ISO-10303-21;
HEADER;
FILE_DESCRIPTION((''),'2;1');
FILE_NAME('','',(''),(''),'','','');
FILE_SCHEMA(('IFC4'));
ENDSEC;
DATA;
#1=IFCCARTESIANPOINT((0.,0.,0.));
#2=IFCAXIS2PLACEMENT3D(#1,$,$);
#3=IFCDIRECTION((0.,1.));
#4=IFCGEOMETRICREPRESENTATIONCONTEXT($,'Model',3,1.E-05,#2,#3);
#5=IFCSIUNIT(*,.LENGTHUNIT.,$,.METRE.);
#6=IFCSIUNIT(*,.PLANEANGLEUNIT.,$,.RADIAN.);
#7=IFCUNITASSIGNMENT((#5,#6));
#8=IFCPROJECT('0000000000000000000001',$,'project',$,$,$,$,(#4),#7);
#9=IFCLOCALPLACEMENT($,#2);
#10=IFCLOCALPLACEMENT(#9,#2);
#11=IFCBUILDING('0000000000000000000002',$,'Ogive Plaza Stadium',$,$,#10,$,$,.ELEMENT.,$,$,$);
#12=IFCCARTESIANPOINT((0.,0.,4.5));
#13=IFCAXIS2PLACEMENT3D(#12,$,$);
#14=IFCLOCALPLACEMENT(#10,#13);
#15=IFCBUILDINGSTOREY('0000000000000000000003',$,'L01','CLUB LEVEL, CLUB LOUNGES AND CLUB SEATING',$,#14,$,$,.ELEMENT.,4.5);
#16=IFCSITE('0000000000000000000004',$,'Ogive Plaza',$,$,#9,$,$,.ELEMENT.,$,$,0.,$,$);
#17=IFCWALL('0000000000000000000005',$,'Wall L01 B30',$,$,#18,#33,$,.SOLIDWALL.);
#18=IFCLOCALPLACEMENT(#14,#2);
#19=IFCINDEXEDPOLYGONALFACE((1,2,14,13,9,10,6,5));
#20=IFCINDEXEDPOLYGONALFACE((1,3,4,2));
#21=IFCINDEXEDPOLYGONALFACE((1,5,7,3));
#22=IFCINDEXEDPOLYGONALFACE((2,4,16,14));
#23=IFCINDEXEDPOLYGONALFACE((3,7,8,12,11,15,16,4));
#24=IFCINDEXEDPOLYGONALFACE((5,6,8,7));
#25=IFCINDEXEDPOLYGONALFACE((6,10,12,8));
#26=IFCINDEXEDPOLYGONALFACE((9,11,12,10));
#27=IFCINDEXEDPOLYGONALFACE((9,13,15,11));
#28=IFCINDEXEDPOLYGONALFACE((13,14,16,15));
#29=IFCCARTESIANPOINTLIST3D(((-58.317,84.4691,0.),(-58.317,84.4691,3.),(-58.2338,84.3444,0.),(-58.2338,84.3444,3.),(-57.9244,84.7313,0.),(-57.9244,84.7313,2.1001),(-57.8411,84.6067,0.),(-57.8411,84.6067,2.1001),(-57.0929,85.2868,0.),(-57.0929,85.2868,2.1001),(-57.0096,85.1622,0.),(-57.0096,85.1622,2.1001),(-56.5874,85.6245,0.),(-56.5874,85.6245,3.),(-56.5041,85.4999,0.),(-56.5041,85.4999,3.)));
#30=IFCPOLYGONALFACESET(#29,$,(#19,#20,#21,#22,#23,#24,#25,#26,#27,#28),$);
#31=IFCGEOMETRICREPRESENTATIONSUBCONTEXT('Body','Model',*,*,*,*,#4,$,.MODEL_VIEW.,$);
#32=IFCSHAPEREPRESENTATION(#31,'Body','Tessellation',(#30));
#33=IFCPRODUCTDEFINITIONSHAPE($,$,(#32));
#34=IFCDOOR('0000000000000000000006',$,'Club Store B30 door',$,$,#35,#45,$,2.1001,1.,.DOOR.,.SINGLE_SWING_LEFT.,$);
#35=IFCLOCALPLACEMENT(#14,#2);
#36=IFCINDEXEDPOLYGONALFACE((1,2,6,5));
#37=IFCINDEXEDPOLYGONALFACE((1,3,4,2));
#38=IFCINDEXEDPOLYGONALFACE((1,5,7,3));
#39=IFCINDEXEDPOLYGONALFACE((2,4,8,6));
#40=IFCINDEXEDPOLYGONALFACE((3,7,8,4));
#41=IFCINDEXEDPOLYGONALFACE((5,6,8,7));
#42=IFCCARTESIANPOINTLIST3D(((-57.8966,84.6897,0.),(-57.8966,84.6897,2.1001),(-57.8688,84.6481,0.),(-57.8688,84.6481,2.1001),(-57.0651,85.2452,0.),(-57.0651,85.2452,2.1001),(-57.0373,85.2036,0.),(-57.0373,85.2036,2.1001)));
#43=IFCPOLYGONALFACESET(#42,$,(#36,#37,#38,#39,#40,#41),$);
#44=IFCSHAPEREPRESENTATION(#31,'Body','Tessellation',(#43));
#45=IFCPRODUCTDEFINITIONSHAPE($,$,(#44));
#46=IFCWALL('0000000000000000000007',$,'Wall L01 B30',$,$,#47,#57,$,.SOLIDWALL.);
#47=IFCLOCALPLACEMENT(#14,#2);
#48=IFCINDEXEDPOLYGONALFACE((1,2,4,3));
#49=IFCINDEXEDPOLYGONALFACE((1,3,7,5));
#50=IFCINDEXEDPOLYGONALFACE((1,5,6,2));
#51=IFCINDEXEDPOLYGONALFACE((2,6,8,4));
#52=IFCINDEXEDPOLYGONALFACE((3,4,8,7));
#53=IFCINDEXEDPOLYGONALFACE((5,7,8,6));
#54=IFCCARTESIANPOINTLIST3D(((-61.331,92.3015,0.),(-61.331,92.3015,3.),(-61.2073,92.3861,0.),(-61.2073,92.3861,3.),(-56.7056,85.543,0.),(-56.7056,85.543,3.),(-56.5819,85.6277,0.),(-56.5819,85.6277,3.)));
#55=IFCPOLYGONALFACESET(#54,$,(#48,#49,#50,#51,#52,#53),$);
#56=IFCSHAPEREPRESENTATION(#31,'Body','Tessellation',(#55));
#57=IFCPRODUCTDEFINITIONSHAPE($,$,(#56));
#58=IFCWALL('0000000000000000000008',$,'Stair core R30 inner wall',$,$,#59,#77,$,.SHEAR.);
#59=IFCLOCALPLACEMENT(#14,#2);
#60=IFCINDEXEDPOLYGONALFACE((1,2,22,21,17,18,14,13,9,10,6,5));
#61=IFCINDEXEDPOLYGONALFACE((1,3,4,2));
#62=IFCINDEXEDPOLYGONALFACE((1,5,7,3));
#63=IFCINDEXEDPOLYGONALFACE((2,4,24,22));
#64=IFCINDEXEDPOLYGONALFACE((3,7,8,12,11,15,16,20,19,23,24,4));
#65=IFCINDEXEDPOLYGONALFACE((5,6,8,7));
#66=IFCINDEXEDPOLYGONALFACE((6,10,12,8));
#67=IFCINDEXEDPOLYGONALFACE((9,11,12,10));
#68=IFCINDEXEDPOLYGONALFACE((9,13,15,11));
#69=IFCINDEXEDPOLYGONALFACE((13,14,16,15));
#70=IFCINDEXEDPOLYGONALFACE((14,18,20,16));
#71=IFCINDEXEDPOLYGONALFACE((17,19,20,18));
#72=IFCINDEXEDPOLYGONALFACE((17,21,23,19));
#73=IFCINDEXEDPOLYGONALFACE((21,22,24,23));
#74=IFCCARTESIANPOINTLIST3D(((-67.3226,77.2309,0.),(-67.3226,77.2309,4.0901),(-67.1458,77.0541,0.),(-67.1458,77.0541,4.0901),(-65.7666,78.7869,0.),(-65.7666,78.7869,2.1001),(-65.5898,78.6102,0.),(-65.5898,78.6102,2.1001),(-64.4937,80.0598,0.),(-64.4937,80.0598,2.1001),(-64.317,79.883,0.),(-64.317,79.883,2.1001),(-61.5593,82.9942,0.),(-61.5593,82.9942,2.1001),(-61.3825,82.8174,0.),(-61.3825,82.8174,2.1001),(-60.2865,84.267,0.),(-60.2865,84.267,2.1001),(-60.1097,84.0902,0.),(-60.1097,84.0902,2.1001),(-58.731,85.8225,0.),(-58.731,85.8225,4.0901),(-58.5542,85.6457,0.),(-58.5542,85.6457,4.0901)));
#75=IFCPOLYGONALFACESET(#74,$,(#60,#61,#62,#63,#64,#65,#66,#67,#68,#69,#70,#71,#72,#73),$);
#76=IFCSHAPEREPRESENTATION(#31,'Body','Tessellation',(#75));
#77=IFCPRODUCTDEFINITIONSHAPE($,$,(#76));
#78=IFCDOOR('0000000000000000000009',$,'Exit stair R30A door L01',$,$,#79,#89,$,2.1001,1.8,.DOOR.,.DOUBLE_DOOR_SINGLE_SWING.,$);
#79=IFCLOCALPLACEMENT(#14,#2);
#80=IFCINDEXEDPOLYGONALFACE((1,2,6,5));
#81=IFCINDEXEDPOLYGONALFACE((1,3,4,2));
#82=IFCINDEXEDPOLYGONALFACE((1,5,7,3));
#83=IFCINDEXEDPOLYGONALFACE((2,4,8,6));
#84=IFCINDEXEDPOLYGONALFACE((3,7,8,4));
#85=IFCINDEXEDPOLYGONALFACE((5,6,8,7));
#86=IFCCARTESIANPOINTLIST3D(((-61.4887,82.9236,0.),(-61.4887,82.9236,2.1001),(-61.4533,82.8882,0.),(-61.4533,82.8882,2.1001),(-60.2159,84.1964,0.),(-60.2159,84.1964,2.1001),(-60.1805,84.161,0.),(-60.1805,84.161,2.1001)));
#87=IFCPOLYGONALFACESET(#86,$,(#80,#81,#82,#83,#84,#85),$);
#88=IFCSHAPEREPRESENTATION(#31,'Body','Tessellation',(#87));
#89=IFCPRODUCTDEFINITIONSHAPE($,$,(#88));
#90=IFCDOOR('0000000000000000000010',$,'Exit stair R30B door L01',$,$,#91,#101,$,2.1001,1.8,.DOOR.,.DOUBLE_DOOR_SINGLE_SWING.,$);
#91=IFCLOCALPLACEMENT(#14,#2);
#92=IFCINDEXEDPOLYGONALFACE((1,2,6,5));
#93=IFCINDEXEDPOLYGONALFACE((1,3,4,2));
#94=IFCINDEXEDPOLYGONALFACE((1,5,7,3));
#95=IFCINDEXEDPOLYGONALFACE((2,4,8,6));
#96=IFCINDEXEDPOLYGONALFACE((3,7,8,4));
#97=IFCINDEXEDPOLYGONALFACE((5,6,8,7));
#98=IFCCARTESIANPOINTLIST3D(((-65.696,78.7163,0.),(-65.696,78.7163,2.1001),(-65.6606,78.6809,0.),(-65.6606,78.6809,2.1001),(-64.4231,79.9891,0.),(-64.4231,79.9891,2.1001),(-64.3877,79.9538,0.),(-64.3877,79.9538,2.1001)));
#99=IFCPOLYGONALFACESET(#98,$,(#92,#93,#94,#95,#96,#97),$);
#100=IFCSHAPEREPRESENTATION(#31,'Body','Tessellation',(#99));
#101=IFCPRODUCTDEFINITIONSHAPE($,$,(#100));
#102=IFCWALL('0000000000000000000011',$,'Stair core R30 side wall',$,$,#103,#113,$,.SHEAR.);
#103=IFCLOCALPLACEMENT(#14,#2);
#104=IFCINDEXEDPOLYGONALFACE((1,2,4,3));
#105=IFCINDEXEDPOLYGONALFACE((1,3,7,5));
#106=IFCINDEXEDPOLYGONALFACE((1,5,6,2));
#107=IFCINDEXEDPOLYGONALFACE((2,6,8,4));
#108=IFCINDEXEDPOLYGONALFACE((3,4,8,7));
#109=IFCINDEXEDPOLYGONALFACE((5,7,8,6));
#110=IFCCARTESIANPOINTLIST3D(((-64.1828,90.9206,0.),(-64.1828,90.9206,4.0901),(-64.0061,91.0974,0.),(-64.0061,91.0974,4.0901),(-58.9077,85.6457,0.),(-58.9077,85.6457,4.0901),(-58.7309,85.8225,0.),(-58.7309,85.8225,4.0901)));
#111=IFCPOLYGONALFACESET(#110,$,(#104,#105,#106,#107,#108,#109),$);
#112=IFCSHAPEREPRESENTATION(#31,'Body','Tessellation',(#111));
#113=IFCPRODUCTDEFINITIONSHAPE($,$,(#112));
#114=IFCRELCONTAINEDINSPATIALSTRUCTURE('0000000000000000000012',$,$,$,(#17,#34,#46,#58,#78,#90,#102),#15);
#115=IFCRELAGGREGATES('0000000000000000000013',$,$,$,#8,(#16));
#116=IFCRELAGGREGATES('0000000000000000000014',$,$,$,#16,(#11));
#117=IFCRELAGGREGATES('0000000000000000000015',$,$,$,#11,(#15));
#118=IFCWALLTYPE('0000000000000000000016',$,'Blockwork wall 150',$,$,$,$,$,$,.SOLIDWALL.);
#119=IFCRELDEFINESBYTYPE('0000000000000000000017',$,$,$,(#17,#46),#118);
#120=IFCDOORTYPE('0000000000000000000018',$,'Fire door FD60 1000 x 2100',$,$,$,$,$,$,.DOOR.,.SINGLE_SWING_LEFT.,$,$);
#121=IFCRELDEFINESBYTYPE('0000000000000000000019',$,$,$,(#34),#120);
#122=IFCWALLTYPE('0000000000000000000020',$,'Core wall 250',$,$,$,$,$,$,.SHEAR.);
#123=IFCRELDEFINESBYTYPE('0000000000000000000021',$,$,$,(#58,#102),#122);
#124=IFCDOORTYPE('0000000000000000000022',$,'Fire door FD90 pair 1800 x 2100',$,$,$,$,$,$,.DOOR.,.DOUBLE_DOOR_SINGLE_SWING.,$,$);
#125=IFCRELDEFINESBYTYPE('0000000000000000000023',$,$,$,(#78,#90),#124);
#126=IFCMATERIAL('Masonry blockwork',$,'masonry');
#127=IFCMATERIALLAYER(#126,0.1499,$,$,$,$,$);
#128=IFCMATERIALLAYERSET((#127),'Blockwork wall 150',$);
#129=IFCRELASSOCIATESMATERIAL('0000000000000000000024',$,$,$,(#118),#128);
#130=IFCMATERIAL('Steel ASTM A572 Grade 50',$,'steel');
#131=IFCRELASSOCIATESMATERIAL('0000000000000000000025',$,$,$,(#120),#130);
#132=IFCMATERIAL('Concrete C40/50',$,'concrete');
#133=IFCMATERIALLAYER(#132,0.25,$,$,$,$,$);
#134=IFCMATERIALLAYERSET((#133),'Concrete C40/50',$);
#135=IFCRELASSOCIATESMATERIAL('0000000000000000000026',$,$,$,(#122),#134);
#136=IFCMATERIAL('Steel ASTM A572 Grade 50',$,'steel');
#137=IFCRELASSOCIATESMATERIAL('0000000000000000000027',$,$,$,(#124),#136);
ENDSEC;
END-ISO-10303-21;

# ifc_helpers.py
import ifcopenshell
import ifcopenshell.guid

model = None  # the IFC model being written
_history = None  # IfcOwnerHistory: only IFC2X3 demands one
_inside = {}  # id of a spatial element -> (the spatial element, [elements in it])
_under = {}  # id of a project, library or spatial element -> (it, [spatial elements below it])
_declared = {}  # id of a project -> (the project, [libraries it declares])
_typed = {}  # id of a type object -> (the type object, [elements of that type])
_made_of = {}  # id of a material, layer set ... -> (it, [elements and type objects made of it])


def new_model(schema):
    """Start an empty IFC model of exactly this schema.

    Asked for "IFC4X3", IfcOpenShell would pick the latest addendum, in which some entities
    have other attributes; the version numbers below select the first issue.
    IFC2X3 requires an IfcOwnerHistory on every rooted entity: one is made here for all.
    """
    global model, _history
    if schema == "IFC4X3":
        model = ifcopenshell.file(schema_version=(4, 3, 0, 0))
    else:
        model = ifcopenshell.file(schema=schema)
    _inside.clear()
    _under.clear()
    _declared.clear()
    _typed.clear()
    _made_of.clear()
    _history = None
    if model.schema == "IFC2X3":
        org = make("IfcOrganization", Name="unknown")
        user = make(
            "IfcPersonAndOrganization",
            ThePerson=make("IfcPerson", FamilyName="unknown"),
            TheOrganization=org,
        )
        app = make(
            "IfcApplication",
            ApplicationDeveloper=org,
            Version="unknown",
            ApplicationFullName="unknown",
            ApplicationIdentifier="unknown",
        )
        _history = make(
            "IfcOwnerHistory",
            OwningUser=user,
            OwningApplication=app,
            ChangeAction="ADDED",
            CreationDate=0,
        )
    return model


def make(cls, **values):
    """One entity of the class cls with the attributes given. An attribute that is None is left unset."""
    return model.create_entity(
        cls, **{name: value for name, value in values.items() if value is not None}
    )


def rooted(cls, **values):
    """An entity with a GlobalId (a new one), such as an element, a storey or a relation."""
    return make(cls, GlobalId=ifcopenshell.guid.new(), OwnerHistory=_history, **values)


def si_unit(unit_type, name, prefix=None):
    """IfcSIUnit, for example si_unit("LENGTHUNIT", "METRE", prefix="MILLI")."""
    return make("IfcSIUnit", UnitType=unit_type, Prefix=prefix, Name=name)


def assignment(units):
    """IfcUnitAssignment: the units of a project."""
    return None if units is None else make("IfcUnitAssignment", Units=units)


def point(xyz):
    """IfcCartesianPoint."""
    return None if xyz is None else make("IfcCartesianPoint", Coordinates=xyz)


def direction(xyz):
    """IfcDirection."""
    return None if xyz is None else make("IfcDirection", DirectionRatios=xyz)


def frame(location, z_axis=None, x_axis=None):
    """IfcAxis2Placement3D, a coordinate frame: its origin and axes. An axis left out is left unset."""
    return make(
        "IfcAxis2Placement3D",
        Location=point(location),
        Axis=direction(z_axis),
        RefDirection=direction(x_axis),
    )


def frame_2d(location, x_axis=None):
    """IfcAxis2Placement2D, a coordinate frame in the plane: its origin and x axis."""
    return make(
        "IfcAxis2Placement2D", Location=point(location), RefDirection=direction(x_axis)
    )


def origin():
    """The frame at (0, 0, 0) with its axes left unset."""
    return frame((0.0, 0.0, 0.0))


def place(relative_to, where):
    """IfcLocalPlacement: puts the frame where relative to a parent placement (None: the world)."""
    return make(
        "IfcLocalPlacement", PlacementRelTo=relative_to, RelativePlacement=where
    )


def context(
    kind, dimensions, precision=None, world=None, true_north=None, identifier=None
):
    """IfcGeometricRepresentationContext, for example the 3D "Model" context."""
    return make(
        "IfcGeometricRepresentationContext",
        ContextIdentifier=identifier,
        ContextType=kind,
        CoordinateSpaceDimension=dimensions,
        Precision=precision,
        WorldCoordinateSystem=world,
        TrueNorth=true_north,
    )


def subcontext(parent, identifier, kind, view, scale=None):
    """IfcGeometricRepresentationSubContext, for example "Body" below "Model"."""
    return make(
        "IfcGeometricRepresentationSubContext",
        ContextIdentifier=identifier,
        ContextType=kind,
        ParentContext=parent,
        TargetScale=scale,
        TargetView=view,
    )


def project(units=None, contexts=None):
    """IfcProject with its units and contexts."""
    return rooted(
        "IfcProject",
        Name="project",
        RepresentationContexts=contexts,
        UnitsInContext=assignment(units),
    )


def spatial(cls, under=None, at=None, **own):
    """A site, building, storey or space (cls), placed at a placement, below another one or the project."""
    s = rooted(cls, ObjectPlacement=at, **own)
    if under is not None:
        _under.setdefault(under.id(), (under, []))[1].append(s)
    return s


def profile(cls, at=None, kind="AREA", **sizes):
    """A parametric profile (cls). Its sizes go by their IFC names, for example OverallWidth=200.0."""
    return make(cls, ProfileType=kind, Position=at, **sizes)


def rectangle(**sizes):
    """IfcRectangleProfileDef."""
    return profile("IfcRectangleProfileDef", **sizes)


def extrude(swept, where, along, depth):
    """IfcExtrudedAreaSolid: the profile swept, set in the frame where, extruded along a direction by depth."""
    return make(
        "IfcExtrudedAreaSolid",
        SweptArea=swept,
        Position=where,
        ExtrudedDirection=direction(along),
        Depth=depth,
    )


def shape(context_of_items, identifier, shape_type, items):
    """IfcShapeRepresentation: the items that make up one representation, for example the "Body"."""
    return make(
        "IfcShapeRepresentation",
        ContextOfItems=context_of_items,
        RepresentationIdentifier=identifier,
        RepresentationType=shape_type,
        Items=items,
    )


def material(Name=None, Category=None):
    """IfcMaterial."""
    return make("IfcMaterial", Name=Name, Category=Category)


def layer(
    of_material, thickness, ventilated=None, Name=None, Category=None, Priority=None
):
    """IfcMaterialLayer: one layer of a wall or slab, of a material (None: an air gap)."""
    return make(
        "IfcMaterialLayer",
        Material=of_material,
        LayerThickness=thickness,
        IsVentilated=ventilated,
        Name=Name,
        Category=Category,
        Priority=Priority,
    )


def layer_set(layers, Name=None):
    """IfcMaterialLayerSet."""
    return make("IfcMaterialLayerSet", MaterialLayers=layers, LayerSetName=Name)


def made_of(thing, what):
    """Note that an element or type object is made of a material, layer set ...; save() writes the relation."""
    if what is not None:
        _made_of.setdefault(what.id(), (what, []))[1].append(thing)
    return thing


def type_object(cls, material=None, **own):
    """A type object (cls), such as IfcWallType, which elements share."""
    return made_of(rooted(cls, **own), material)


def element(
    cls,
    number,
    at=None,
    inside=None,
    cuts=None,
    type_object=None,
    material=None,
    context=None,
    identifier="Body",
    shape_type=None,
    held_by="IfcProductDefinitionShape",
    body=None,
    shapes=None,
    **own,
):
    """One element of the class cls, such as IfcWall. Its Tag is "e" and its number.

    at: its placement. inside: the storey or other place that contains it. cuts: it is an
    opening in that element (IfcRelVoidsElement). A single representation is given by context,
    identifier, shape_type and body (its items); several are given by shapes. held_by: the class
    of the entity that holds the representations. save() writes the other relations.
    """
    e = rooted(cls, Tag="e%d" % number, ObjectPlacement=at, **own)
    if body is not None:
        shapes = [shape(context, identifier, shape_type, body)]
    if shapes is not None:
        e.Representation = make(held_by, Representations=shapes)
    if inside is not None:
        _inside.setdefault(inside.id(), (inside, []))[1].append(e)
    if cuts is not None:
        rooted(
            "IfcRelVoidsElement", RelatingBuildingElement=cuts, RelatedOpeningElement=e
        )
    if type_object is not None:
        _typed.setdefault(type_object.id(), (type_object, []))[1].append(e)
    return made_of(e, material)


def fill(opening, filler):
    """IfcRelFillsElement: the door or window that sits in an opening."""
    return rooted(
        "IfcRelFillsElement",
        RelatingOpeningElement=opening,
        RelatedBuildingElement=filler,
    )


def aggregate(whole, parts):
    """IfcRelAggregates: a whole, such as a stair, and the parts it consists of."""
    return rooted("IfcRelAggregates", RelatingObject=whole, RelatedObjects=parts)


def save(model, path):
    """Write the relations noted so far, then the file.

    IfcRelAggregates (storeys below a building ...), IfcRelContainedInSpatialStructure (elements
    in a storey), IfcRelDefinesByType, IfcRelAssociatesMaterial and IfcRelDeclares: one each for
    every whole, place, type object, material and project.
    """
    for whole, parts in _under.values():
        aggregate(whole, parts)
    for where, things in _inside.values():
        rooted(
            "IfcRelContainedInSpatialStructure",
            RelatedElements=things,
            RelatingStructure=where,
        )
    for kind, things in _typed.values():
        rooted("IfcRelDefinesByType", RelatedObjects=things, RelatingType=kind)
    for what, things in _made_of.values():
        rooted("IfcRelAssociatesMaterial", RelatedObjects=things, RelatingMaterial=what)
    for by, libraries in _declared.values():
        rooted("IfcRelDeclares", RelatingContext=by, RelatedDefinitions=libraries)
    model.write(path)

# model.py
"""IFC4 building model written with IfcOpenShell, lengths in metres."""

from ifc_helpers import new_model, si_unit, direction, frame, frame_2d, origin, place, context, subcontext, project, spatial, rectangle, extrude, material, layer, layer_set, type_object, element, fill, save


model = new_model("IFC4")

# Units and contexts
model_context = context("Model", 3, precision=1e-05, world=origin(), true_north=direction((0.0, 1.0)))
body_context = subcontext(model_context, "Body", "Model", "MODEL_VIEW")
ifc_project = project(units=[si_unit("LENGTHUNIT", "METRE"), si_unit("PLANEANGLEUNIT", "RADIAN")], contexts=[model_context])

# Site, building, storey
site_placement = place(None, origin())
site = spatial("IfcSite", under=ifc_project, at=site_placement, Name="Ogive Plaza", CompositionType="ELEMENT", RefElevation=0.0)
building_placement = place(site_placement, origin())
building = spatial("IfcBuilding", under=site, at=building_placement, Name="Ogive Plaza Stadium", CompositionType="ELEMENT")
storey_placement = place(building_placement, frame((0.0, 0.0, 4.5)))
storey = spatial("IfcBuildingStorey", under=building, at=storey_placement, Name="L01", Description="CLUB LEVEL, CLUB LOUNGES AND CLUB SEATING", CompositionType="ELEMENT", Elevation=4.5)

# Shared definitions
ifc_material_1 = material(Name="Masonry blockwork", Category="masonry")
ifc_layer_1 = layer(ifc_material_1, 0.1499)
ifc_layer_set_1 = layer_set([ifc_layer_1], Name="Blockwork wall 150")
wall_type_1 = type_object("IfcWallType", Name="Blockwork wall 150", PredefinedType="SOLIDWALL", material=ifc_layer_set_1)
ifc_material_2 = material(Name="Steel ASTM A572 Grade 50", Category="steel")
door_type_1 = type_object("IfcDoorType", Name="Fire door FD60 1000 x 2100", OperationType="SINGLE_SWING_LEFT", PredefinedType="DOOR", material=ifc_material_2)

# Wall, opening, door
wall_1_placement = place(storey_placement, frame((-58.2754, 84.4067, 0.0), z_axis=(0.0, 0.0, 1.0), x_axis=(0.831526, 0.555485, 0.0)))
wall_1 = element("IfcWall", 1, at=wall_1_placement, inside=storey, type_object=wall_type_1, Name="Wall L01 B30", PredefinedType="SOLIDWALL", context=body_context, shape_type="SweptSolid", body=[
    extrude(rectangle(XDim=2.0801, YDim=0.1499, at=frame_2d((1.04, 0.0))), origin(), (0.0, 0.0, 1.0), 3.0),
])
opening_1_placement = place(wall_1_placement, frame((0.4722, 0.0, 0.0)))
opening_1 = element("IfcOpeningElement", 2, at=opening_1_placement, cuts=wall_1, PredefinedType="OPENING", context=body_context, shape_type="SweptSolid", body=[
    extrude(rectangle(XDim=1.0, YDim=2.1001, at=frame_2d((0.5, 1.05))), frame((0.0, 0.075, 0.0), z_axis=(0.0, -1.0, 0.0), x_axis=(1.0, 0.0, 0.0)), (0.0, 0.0, 1.0), 0.1499),
])
door_1_placement = place(opening_1_placement, origin())
door_1 = element("IfcDoor", 3, at=door_1_placement, inside=storey, type_object=door_type_1, Name="Club Store B30 door", OperationType="SINGLE_SWING_LEFT", OverallHeight=2.1001, OverallWidth=1.0, PredefinedType="DOOR", context=body_context, shape_type="SweptSolid", body=[
    extrude(rectangle(XDim=1.0, YDim=2.1001, at=frame_2d((0.5, 1.05))), frame((0.0, 0.0249, 0.0), z_axis=(0.0, -1.0, 0.0), x_axis=(1.0, 0.0, 0.0)), (0.0, 0.0, 1.0), 0.05),
])
fill(opening_1, door_1)

# Wall
wall_2_placement = place(storey_placement, frame((-56.6438, 85.5854, 0.0), z_axis=(0.0, 0.0, 1.0), x_axis=(-0.564785, 0.825238, 0.0)))
element("IfcWall", 4, at=wall_2_placement, inside=storey, type_object=wall_type_1, Name="Wall L01 B30", PredefinedType="SOLIDWALL", context=body_context, shape_type="SweptSolid", body=[
    extrude(rectangle(XDim=8.1897, YDim=0.1499, at=frame_2d((4.0947, 0.0))), origin(), (0.0, 0.0, 1.0), 3.0),
])

# Wall, openings, doors
ifc_material_3 = material(Name="Concrete C40/50", Category="concrete")
ifc_layer_2 = layer(ifc_material_3, 0.25)
ifc_layer_set_2 = layer_set([ifc_layer_2], Name="Concrete C40/50")
wall_type_2 = type_object("IfcWallType", Name="Core wall 250", PredefinedType="SHEAR", material=ifc_layer_set_2)
wall_3_placement = place(storey_placement, frame((-58.6426, 85.7341, 0.0), z_axis=(0.0, 0.0, 1.0), x_axis=(-0.707107, -0.707107, 0.0)))
wall_3 = element("IfcWall", 5, at=wall_3_placement, inside=storey, type_object=wall_type_2, Name="Stair core R30 inner wall", PredefinedType="SHEAR", context=body_context, shape_type="SweptSolid", body=[
    extrude(rectangle(XDim=12.1504, YDim=0.25, at=frame_2d((6.0752, 0.0))), origin(), (0.0, 0.0, 1.0), 4.0901),
])
opening_2_placement = place(wall_3_placement, frame((2.2, 0.0, 0.0)))
opening_2 = element("IfcOpeningElement", 6, at=opening_2_placement, cuts=wall_3, PredefinedType="OPENING", context=body_context, shape_type="SweptSolid", body=[
    extrude(rectangle(XDim=1.8, YDim=2.1001, at=frame_2d((0.8999, 1.05))), frame((0.0, 0.125, 0.0), z_axis=(0.0, -1.0, 0.0), x_axis=(1.0, 0.0, 0.0)), (0.0, 0.0, 1.0), 0.25),
])
opening_3_placement = place(wall_3_placement, frame((8.1499, 0.0, 0.0)))
opening_3 = element("IfcOpeningElement", 7, at=opening_3_placement, cuts=wall_3, PredefinedType="OPENING", context=body_context, shape_type="SweptSolid", body=[
    extrude(rectangle(XDim=1.8, YDim=2.1001, at=frame_2d((0.8999, 1.05))), frame((0.0, 0.125, 0.0), z_axis=(0.0, -1.0, 0.0), x_axis=(1.0, 0.0, 0.0)), (0.0, 0.0, 1.0), 0.25),
])
ifc_material_4 = material(Name="Steel ASTM A572 Grade 50", Category="steel")
door_type_2 = type_object("IfcDoorType", Name="Fire door FD90 pair 1800 x 2100", OperationType="DOUBLE_DOOR_SINGLE_SWING", PredefinedType="DOOR", material=ifc_material_4)
door_2_placement = place(opening_2_placement, origin())
door_2 = element("IfcDoor", 8, at=door_2_placement, inside=storey, type_object=door_type_2, Name="Exit stair R30A door L01", OperationType="DOUBLE_DOOR_SINGLE_SWING", OverallHeight=2.1001, OverallWidth=1.8, PredefinedType="DOOR", context=body_context, shape_type="SweptSolid", body=[
    extrude(rectangle(XDim=1.8, YDim=2.1001, at=frame_2d((0.8999, 1.05))), frame((0.0, 0.0249, 0.0), z_axis=(0.0, -1.0, 0.0), x_axis=(1.0, 0.0, 0.0)), (0.0, 0.0, 1.0), 0.05),
])
fill(opening_2, door_2)
door_3_placement = place(opening_3_placement, origin())
door_3 = element("IfcDoor", 9, at=door_3_placement, inside=storey, type_object=door_type_2, Name="Exit stair R30B door L01", OperationType="DOUBLE_DOOR_SINGLE_SWING", OverallHeight=2.1001, OverallWidth=1.8, PredefinedType="DOOR", context=body_context, shape_type="SweptSolid", body=[
    extrude(rectangle(XDim=1.8, YDim=2.1001, at=frame_2d((0.8999, 1.05))), frame((0.0, 0.0249, 0.0), z_axis=(0.0, -1.0, 0.0), x_axis=(1.0, 0.0, 0.0)), (0.0, 0.0, 1.0), 0.05),
])
fill(opening_3, door_3)

# Wall
wall_4_placement = place(storey_placement, frame((-58.8193, 85.7341, 0.0), z_axis=(0.0, 0.0, 1.0), x_axis=(-0.707123, 0.70709, 0.0)))
element("IfcWall", 10, at=wall_4_placement, inside=storey, type_object=wall_type_2, Name="Stair core R30 side wall", PredefinedType="SHEAR", context=body_context, shape_type="SweptSolid", body=[
    extrude(rectangle(XDim=7.46, YDim=0.25, at=frame_2d((3.73, 0.0))), origin(), (0.0, 0.0, 1.0), 4.0901),
])

save(model, "model.ifc")
